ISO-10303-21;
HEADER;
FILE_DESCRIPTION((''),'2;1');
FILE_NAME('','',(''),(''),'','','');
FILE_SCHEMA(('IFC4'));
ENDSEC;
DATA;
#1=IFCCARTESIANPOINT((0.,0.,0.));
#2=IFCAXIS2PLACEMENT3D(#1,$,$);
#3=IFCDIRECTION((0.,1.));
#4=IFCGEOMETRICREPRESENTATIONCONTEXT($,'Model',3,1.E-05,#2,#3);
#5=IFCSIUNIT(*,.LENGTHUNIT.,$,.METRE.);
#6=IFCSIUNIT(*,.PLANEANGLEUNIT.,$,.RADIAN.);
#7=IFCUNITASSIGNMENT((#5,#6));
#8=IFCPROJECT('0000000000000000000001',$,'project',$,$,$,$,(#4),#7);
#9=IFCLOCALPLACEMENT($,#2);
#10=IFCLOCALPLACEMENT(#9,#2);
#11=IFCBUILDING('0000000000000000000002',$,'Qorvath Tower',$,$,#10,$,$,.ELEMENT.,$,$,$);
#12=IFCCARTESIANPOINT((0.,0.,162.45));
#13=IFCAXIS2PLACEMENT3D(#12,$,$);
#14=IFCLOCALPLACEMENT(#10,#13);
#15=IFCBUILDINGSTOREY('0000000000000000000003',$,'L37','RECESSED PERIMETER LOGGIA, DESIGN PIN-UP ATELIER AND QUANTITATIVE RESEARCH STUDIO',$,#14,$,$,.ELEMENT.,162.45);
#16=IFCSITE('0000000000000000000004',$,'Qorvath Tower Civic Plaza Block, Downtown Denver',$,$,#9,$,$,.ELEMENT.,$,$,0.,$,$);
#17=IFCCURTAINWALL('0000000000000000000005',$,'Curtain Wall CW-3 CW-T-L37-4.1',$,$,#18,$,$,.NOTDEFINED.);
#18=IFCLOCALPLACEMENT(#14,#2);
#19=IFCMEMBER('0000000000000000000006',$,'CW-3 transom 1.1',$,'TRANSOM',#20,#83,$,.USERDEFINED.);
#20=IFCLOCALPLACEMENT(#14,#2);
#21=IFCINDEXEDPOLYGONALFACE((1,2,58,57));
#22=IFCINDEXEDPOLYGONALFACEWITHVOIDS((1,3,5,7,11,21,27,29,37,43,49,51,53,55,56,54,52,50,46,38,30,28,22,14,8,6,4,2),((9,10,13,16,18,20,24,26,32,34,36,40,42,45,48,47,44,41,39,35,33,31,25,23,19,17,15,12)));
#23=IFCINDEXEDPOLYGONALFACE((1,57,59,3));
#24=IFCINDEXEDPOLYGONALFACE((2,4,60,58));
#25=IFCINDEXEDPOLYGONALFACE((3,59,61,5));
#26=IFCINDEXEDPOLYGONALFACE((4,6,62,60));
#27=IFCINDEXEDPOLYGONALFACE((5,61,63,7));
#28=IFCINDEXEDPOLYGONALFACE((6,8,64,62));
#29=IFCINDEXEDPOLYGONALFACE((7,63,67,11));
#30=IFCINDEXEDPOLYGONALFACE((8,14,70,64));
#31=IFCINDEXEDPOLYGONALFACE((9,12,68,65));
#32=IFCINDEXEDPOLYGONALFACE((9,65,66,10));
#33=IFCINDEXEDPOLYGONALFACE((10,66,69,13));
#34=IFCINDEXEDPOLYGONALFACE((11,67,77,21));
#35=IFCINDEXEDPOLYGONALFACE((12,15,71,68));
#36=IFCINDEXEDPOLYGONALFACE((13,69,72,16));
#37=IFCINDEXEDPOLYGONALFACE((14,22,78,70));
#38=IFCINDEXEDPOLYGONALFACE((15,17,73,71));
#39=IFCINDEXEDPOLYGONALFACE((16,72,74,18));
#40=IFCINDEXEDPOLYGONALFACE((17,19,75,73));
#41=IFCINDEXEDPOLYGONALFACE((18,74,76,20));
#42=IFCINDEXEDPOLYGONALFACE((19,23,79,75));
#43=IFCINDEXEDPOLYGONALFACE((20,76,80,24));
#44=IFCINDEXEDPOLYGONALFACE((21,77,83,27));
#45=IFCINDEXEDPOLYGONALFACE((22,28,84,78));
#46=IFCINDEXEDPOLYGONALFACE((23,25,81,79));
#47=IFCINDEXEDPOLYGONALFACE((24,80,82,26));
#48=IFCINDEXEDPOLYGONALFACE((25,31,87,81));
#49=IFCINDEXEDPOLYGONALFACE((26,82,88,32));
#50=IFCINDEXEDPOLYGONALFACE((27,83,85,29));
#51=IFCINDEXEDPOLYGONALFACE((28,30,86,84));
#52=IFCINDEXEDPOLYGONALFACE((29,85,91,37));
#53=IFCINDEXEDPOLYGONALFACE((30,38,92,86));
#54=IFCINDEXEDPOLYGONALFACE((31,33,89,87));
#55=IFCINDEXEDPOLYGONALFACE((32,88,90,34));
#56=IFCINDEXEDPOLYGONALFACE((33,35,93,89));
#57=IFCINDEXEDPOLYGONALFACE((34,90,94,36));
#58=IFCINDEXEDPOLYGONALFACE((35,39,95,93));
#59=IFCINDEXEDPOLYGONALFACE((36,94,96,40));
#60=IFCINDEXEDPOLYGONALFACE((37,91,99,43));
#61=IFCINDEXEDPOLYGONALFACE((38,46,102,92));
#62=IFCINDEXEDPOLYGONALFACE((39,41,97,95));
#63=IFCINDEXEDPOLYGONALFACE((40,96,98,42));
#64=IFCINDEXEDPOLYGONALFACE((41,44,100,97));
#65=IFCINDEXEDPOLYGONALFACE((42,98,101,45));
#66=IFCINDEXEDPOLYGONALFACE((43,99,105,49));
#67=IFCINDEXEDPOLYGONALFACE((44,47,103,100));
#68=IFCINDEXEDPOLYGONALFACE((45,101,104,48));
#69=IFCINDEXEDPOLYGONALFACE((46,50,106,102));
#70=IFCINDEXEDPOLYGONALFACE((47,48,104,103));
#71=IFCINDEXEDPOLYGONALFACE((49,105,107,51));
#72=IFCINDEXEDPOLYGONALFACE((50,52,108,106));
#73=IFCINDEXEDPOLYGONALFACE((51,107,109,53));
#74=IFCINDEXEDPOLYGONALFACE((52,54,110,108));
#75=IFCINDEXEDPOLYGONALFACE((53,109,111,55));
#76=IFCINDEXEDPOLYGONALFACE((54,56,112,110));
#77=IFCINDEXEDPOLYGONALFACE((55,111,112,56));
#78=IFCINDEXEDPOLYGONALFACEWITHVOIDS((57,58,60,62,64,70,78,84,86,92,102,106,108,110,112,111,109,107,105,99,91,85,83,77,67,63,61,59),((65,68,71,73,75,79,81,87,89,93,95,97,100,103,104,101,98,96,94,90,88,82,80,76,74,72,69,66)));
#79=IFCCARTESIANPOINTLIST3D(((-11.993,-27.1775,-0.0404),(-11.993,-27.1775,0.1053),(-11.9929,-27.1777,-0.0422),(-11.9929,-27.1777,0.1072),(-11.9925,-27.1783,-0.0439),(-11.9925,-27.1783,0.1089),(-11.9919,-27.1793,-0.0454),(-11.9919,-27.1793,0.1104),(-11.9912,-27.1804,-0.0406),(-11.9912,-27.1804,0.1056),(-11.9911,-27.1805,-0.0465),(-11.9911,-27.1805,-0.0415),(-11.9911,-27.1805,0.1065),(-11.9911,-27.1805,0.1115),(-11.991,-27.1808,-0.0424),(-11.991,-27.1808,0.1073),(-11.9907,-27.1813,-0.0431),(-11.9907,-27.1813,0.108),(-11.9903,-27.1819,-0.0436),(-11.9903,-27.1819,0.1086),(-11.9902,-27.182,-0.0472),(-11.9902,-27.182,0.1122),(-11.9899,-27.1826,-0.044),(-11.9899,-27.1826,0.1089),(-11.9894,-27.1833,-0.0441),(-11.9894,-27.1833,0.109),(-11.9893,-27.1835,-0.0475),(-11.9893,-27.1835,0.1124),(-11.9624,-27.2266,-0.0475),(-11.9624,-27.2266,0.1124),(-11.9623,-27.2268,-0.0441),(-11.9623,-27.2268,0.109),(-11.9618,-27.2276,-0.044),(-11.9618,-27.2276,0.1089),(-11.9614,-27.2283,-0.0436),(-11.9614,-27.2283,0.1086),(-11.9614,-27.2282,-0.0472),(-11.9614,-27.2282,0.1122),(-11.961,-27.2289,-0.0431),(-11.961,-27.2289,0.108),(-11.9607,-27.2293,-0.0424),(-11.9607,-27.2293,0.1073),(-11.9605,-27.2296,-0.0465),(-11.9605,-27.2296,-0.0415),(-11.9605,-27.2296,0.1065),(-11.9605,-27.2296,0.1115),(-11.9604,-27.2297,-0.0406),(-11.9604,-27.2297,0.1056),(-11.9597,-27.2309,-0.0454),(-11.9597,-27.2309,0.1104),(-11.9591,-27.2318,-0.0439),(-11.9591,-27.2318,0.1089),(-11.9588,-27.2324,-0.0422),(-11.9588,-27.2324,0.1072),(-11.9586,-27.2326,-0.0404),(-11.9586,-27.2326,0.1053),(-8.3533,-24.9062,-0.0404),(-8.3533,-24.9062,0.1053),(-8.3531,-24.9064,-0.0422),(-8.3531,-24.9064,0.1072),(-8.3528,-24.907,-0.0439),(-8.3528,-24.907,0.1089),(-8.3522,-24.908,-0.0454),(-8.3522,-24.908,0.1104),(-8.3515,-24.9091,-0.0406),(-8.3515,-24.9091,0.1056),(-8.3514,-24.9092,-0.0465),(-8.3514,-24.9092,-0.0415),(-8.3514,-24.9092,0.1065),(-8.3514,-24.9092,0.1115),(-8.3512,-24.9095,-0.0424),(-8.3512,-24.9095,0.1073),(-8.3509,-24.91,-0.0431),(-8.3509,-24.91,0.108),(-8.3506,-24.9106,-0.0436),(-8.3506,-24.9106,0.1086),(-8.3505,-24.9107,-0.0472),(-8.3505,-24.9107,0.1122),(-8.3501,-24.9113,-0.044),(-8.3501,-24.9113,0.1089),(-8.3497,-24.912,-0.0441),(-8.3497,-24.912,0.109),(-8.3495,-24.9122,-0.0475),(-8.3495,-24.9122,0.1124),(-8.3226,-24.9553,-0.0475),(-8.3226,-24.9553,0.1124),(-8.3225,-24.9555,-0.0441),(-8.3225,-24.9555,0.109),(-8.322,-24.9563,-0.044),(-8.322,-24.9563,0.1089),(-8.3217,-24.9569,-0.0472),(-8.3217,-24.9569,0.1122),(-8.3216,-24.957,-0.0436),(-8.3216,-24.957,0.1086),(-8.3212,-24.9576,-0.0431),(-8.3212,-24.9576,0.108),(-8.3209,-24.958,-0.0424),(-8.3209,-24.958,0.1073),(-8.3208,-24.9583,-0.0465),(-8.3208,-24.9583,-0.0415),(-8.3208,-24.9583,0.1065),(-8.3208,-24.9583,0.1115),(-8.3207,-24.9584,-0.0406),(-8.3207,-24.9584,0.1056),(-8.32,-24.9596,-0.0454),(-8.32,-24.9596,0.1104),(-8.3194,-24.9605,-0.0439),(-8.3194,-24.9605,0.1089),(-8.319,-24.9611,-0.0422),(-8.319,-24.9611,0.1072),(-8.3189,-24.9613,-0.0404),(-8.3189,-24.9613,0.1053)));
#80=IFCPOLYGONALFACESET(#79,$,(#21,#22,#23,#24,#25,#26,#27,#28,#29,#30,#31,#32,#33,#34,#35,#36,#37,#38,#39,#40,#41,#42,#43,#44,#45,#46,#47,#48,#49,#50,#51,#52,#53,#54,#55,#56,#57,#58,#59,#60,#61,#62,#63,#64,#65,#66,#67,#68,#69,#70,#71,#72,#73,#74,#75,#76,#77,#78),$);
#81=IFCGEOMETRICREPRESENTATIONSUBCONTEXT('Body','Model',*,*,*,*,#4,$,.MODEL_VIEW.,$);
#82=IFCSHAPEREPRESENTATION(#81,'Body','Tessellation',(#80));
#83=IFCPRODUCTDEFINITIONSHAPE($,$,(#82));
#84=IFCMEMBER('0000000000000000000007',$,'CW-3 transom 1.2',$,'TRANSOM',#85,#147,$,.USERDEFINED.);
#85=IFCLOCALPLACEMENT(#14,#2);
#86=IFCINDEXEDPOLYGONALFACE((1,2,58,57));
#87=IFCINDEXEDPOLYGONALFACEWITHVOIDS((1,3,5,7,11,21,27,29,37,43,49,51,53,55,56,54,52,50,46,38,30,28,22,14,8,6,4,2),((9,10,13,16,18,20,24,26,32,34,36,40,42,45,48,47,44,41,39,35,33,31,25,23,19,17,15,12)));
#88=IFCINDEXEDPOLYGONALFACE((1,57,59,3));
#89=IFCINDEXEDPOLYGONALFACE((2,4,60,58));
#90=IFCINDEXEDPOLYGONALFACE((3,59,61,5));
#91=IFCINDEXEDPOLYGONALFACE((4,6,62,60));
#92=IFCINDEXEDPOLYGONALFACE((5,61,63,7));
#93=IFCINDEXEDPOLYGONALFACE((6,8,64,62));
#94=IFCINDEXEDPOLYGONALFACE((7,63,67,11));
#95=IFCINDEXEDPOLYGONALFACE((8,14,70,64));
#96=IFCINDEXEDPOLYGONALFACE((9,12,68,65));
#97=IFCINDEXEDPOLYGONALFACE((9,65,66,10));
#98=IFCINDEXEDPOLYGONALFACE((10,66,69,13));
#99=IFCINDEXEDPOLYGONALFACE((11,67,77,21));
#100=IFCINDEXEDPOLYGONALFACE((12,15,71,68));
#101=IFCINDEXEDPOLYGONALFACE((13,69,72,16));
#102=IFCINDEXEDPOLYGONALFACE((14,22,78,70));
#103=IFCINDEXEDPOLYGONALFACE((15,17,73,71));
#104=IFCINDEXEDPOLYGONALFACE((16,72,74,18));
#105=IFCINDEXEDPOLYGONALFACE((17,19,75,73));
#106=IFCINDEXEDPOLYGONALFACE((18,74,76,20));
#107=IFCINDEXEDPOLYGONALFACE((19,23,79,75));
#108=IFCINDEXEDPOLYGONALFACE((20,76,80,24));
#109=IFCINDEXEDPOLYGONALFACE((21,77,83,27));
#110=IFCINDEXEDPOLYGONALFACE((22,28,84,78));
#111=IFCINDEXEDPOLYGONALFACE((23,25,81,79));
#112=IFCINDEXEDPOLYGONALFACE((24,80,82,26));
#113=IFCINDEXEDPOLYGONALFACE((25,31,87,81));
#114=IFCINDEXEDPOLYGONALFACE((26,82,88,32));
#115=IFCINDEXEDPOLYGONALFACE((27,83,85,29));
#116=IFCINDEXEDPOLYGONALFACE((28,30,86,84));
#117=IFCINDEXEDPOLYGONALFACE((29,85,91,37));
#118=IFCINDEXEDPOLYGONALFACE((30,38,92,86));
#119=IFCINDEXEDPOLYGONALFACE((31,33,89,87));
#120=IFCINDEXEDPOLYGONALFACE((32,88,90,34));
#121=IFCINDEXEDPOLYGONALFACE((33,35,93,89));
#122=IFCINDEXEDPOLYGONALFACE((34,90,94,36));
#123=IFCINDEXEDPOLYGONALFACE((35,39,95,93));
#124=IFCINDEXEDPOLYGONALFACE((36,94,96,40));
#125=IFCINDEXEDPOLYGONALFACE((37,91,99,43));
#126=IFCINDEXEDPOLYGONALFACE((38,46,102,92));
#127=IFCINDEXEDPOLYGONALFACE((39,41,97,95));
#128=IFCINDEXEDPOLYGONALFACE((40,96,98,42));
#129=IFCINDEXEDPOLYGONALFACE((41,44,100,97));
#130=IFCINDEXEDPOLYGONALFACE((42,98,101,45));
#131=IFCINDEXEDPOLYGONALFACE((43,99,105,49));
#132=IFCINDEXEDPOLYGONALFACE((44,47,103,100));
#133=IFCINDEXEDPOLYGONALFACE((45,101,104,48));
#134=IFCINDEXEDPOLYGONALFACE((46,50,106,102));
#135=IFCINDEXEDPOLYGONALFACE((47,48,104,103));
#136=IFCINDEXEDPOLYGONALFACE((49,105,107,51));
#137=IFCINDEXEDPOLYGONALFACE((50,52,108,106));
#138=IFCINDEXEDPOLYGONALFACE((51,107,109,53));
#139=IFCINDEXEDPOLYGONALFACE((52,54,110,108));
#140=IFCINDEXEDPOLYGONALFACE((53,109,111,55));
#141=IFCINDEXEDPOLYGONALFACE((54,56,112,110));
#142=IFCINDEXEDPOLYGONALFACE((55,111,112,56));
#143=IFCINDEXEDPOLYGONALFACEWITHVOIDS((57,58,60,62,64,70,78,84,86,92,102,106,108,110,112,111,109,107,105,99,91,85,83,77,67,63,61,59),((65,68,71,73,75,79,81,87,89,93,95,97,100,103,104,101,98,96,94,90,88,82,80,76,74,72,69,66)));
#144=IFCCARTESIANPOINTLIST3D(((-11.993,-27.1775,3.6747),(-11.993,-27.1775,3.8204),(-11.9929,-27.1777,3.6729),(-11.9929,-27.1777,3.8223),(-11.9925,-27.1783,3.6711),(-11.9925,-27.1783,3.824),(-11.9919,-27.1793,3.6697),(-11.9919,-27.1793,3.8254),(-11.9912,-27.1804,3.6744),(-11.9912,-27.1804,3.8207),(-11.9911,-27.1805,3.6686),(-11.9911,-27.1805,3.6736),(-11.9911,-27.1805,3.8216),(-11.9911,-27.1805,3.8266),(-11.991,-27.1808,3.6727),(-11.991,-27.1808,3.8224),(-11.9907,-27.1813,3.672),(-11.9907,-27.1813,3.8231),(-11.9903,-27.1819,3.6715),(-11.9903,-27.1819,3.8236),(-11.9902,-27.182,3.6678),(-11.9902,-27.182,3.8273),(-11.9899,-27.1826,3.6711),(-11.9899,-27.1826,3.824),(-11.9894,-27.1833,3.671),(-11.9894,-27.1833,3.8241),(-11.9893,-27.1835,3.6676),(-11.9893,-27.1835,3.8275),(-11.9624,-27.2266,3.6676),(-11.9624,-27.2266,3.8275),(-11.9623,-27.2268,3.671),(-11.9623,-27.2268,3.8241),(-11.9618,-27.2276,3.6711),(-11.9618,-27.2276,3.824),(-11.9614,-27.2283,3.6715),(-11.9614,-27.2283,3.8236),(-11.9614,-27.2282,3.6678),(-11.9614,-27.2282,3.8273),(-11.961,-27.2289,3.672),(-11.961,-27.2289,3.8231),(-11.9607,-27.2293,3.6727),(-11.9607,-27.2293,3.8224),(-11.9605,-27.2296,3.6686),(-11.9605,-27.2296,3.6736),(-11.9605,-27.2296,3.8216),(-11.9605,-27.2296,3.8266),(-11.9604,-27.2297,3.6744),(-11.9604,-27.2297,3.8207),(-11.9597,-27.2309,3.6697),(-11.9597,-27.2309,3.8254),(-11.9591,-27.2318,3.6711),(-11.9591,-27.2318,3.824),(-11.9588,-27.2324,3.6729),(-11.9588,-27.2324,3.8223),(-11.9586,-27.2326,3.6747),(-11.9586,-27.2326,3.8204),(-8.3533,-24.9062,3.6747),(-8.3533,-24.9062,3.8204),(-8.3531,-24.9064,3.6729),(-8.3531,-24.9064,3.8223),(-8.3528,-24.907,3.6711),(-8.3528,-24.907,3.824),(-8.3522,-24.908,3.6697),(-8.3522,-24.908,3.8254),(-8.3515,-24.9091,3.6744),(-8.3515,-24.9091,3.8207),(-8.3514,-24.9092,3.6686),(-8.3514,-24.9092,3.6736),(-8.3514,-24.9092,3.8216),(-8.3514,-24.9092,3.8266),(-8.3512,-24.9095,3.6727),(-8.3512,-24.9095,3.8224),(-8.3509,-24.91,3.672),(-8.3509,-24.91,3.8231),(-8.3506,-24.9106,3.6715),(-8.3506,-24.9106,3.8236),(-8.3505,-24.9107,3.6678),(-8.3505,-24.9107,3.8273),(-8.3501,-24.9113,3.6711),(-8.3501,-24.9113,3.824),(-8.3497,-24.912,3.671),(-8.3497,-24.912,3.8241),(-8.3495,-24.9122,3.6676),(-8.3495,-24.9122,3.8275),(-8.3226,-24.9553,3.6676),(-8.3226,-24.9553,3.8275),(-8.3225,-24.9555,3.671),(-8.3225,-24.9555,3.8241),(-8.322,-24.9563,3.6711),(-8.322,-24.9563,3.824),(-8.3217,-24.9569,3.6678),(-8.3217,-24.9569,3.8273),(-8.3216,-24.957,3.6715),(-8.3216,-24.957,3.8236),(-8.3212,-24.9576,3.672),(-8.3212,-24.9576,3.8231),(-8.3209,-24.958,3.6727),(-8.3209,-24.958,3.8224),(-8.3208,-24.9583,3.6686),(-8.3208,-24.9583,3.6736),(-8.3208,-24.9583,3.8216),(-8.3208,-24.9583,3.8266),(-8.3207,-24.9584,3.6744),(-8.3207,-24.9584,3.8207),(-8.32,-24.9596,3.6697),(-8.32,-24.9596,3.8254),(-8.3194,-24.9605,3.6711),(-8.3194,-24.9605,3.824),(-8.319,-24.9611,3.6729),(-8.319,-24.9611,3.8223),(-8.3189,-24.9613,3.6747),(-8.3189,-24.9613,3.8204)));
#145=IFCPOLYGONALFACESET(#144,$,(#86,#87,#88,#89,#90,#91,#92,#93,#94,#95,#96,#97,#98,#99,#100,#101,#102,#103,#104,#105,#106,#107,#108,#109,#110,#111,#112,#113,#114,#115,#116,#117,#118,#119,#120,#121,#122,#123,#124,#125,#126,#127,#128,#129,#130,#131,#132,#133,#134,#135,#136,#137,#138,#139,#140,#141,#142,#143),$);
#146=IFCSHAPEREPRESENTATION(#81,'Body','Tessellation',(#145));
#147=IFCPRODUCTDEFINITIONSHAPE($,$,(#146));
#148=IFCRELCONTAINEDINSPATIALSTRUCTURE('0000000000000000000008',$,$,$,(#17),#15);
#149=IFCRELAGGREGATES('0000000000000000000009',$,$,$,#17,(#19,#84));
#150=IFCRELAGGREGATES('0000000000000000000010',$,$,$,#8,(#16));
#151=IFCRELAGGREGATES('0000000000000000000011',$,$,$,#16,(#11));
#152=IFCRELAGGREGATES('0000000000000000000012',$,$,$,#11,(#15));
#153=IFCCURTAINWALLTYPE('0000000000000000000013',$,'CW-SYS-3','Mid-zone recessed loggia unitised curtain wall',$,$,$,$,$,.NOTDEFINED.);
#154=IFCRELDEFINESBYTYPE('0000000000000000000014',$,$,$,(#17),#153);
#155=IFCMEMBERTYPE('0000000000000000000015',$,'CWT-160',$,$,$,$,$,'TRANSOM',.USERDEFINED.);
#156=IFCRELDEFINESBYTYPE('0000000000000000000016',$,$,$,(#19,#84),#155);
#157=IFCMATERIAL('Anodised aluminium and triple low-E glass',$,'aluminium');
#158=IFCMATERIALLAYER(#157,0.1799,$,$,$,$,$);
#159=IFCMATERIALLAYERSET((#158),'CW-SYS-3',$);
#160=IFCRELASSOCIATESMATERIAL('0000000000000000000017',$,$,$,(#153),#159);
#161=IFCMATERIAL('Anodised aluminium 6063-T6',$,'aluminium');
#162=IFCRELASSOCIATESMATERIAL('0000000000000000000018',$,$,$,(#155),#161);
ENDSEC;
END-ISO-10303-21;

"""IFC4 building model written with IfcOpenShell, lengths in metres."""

from ifc_helpers import new_model, si_unit, direction, frame, origin, origin_2d, place, context, subcontext, project, spatial, hollow_rectangle, extrude, material, layer, layer_set, material_profile, profile_set, type_object, element, aggregate, save


model = new_model("IFC4")

# Units and contexts
model_context = context("Model", 3, precision=1e-05, world=origin(), true_north=direction((0.0, 1.0)))
body_context = subcontext(model_context, "Body", "Model", "MODEL_VIEW")
ifc_project = project(units=[si_unit("LENGTHUNIT", "METRE"), si_unit("PLANEANGLEUNIT", "RADIAN")], contexts=[model_context])

# Site, building, storey
site_placement = place(None, origin())
site = spatial("IfcSite", under=ifc_project, at=site_placement, Name="Qorvath Tower Civic Plaza Block, Downtown Denver", CompositionType="ELEMENT", RefElevation=0.0)
building_placement = place(site_placement, origin())
building = spatial("IfcBuilding", under=site, at=building_placement, Name="Qorvath Tower", CompositionType="ELEMENT")
storey_placement = place(building_placement, frame((0.0, 0.0, 162.45)))
storey = spatial("IfcBuildingStorey", under=building, at=storey_placement, Name="L37", Description="RECESSED PERIMETER LOGGIA, DESIGN PIN-UP ATELIER AND QUANTITATIVE RESEARCH STUDIO", CompositionType="ELEMENT", Elevation=162.45)

# Shared definitions
ifc_material_1 = material(Name="Anodised aluminium and triple low-E glass", Category="aluminium")
ifc_layer_1 = layer(ifc_material_1, 0.1799)
ifc_layer_set_1 = layer_set([ifc_layer_1], Name="CW-SYS-3")
curtain_wall_type = type_object("IfcCurtainWallType", Name="CW-SYS-3", Description="Mid-zone recessed loggia unitised curtain wall", PredefinedType="NOTDEFINED", material=ifc_layer_set_1)

# Curtain wall
curtain_wall_1_placement = place(storey_placement, origin())
curtain_wall_1 = element("IfcCurtainWall", 1, at=curtain_wall_1_placement, inside=storey, type_object=curtain_wall_type, Name="Curtain Wall CW-3 CW-T-L37-4.1", PredefinedType="NOTDEFINED")

# Members
ifc_material_2 = material(Name="Anodised aluminium 6063-T6", Category="aluminium")
ifc_material_profile_1 = material_profile(ifc_material_2, hollow_rectangle(XDim=0.0649, YDim=0.1599, WallThickness=0.0034, InnerFilletRadius=0.0034, OuterFilletRadius=0.0071, at=origin_2d()), Name="CWT 160x65")
ifc_profile_set_1 = profile_set([ifc_material_profile_1], Name="Anodised aluminium 6063-T6")
member_type_1 = type_object("IfcMemberType", Name="CWT-160", ElementType="TRANSOM", PredefinedType="USERDEFINED", material=ifc_profile_set_1)
member_1_placement = place(storey_placement, frame((-11.9758, -27.2051, 0.0325), z_axis=(0.848369, 0.529405, 0.0), x_axis=(-0.529405, 0.848369, 0.0)))
member_1 = element("IfcMember", 2, at=member_1_placement, type_object=member_type_1, Name="CW-3 transom 1.1", ObjectType="TRANSOM", PredefinedType="USERDEFINED", context=body_context, shape_type="SweptSolid", body=[
    extrude(hollow_rectangle(XDim=0.0649, YDim=0.1599, WallThickness=0.0034, InnerFilletRadius=0.0034, OuterFilletRadius=0.0071, at=origin_2d()), origin(), (0.0, 0.0, 1.0), 4.2903),
])
member_2_placement = place(storey_placement, frame((-11.9758, -27.2051, 3.7476), z_axis=(0.848369, 0.529405, 0.0), x_axis=(-0.529405, 0.848369, 0.0)))
member_2 = element("IfcMember", 3, at=member_2_placement, type_object=member_type_1, Name="CW-3 transom 1.2", ObjectType="TRANSOM", PredefinedType="USERDEFINED", context=body_context, shape_type="SweptSolid", body=[
    extrude(hollow_rectangle(XDim=0.0649, YDim=0.1599, WallThickness=0.0034, InnerFilletRadius=0.0034, OuterFilletRadius=0.0071, at=origin_2d()), origin(), (0.0, 0.0, 1.0), 4.2903),
])

aggregate(curtain_wall_1, [member_1, member_2])

save(model, "model.ifc")
